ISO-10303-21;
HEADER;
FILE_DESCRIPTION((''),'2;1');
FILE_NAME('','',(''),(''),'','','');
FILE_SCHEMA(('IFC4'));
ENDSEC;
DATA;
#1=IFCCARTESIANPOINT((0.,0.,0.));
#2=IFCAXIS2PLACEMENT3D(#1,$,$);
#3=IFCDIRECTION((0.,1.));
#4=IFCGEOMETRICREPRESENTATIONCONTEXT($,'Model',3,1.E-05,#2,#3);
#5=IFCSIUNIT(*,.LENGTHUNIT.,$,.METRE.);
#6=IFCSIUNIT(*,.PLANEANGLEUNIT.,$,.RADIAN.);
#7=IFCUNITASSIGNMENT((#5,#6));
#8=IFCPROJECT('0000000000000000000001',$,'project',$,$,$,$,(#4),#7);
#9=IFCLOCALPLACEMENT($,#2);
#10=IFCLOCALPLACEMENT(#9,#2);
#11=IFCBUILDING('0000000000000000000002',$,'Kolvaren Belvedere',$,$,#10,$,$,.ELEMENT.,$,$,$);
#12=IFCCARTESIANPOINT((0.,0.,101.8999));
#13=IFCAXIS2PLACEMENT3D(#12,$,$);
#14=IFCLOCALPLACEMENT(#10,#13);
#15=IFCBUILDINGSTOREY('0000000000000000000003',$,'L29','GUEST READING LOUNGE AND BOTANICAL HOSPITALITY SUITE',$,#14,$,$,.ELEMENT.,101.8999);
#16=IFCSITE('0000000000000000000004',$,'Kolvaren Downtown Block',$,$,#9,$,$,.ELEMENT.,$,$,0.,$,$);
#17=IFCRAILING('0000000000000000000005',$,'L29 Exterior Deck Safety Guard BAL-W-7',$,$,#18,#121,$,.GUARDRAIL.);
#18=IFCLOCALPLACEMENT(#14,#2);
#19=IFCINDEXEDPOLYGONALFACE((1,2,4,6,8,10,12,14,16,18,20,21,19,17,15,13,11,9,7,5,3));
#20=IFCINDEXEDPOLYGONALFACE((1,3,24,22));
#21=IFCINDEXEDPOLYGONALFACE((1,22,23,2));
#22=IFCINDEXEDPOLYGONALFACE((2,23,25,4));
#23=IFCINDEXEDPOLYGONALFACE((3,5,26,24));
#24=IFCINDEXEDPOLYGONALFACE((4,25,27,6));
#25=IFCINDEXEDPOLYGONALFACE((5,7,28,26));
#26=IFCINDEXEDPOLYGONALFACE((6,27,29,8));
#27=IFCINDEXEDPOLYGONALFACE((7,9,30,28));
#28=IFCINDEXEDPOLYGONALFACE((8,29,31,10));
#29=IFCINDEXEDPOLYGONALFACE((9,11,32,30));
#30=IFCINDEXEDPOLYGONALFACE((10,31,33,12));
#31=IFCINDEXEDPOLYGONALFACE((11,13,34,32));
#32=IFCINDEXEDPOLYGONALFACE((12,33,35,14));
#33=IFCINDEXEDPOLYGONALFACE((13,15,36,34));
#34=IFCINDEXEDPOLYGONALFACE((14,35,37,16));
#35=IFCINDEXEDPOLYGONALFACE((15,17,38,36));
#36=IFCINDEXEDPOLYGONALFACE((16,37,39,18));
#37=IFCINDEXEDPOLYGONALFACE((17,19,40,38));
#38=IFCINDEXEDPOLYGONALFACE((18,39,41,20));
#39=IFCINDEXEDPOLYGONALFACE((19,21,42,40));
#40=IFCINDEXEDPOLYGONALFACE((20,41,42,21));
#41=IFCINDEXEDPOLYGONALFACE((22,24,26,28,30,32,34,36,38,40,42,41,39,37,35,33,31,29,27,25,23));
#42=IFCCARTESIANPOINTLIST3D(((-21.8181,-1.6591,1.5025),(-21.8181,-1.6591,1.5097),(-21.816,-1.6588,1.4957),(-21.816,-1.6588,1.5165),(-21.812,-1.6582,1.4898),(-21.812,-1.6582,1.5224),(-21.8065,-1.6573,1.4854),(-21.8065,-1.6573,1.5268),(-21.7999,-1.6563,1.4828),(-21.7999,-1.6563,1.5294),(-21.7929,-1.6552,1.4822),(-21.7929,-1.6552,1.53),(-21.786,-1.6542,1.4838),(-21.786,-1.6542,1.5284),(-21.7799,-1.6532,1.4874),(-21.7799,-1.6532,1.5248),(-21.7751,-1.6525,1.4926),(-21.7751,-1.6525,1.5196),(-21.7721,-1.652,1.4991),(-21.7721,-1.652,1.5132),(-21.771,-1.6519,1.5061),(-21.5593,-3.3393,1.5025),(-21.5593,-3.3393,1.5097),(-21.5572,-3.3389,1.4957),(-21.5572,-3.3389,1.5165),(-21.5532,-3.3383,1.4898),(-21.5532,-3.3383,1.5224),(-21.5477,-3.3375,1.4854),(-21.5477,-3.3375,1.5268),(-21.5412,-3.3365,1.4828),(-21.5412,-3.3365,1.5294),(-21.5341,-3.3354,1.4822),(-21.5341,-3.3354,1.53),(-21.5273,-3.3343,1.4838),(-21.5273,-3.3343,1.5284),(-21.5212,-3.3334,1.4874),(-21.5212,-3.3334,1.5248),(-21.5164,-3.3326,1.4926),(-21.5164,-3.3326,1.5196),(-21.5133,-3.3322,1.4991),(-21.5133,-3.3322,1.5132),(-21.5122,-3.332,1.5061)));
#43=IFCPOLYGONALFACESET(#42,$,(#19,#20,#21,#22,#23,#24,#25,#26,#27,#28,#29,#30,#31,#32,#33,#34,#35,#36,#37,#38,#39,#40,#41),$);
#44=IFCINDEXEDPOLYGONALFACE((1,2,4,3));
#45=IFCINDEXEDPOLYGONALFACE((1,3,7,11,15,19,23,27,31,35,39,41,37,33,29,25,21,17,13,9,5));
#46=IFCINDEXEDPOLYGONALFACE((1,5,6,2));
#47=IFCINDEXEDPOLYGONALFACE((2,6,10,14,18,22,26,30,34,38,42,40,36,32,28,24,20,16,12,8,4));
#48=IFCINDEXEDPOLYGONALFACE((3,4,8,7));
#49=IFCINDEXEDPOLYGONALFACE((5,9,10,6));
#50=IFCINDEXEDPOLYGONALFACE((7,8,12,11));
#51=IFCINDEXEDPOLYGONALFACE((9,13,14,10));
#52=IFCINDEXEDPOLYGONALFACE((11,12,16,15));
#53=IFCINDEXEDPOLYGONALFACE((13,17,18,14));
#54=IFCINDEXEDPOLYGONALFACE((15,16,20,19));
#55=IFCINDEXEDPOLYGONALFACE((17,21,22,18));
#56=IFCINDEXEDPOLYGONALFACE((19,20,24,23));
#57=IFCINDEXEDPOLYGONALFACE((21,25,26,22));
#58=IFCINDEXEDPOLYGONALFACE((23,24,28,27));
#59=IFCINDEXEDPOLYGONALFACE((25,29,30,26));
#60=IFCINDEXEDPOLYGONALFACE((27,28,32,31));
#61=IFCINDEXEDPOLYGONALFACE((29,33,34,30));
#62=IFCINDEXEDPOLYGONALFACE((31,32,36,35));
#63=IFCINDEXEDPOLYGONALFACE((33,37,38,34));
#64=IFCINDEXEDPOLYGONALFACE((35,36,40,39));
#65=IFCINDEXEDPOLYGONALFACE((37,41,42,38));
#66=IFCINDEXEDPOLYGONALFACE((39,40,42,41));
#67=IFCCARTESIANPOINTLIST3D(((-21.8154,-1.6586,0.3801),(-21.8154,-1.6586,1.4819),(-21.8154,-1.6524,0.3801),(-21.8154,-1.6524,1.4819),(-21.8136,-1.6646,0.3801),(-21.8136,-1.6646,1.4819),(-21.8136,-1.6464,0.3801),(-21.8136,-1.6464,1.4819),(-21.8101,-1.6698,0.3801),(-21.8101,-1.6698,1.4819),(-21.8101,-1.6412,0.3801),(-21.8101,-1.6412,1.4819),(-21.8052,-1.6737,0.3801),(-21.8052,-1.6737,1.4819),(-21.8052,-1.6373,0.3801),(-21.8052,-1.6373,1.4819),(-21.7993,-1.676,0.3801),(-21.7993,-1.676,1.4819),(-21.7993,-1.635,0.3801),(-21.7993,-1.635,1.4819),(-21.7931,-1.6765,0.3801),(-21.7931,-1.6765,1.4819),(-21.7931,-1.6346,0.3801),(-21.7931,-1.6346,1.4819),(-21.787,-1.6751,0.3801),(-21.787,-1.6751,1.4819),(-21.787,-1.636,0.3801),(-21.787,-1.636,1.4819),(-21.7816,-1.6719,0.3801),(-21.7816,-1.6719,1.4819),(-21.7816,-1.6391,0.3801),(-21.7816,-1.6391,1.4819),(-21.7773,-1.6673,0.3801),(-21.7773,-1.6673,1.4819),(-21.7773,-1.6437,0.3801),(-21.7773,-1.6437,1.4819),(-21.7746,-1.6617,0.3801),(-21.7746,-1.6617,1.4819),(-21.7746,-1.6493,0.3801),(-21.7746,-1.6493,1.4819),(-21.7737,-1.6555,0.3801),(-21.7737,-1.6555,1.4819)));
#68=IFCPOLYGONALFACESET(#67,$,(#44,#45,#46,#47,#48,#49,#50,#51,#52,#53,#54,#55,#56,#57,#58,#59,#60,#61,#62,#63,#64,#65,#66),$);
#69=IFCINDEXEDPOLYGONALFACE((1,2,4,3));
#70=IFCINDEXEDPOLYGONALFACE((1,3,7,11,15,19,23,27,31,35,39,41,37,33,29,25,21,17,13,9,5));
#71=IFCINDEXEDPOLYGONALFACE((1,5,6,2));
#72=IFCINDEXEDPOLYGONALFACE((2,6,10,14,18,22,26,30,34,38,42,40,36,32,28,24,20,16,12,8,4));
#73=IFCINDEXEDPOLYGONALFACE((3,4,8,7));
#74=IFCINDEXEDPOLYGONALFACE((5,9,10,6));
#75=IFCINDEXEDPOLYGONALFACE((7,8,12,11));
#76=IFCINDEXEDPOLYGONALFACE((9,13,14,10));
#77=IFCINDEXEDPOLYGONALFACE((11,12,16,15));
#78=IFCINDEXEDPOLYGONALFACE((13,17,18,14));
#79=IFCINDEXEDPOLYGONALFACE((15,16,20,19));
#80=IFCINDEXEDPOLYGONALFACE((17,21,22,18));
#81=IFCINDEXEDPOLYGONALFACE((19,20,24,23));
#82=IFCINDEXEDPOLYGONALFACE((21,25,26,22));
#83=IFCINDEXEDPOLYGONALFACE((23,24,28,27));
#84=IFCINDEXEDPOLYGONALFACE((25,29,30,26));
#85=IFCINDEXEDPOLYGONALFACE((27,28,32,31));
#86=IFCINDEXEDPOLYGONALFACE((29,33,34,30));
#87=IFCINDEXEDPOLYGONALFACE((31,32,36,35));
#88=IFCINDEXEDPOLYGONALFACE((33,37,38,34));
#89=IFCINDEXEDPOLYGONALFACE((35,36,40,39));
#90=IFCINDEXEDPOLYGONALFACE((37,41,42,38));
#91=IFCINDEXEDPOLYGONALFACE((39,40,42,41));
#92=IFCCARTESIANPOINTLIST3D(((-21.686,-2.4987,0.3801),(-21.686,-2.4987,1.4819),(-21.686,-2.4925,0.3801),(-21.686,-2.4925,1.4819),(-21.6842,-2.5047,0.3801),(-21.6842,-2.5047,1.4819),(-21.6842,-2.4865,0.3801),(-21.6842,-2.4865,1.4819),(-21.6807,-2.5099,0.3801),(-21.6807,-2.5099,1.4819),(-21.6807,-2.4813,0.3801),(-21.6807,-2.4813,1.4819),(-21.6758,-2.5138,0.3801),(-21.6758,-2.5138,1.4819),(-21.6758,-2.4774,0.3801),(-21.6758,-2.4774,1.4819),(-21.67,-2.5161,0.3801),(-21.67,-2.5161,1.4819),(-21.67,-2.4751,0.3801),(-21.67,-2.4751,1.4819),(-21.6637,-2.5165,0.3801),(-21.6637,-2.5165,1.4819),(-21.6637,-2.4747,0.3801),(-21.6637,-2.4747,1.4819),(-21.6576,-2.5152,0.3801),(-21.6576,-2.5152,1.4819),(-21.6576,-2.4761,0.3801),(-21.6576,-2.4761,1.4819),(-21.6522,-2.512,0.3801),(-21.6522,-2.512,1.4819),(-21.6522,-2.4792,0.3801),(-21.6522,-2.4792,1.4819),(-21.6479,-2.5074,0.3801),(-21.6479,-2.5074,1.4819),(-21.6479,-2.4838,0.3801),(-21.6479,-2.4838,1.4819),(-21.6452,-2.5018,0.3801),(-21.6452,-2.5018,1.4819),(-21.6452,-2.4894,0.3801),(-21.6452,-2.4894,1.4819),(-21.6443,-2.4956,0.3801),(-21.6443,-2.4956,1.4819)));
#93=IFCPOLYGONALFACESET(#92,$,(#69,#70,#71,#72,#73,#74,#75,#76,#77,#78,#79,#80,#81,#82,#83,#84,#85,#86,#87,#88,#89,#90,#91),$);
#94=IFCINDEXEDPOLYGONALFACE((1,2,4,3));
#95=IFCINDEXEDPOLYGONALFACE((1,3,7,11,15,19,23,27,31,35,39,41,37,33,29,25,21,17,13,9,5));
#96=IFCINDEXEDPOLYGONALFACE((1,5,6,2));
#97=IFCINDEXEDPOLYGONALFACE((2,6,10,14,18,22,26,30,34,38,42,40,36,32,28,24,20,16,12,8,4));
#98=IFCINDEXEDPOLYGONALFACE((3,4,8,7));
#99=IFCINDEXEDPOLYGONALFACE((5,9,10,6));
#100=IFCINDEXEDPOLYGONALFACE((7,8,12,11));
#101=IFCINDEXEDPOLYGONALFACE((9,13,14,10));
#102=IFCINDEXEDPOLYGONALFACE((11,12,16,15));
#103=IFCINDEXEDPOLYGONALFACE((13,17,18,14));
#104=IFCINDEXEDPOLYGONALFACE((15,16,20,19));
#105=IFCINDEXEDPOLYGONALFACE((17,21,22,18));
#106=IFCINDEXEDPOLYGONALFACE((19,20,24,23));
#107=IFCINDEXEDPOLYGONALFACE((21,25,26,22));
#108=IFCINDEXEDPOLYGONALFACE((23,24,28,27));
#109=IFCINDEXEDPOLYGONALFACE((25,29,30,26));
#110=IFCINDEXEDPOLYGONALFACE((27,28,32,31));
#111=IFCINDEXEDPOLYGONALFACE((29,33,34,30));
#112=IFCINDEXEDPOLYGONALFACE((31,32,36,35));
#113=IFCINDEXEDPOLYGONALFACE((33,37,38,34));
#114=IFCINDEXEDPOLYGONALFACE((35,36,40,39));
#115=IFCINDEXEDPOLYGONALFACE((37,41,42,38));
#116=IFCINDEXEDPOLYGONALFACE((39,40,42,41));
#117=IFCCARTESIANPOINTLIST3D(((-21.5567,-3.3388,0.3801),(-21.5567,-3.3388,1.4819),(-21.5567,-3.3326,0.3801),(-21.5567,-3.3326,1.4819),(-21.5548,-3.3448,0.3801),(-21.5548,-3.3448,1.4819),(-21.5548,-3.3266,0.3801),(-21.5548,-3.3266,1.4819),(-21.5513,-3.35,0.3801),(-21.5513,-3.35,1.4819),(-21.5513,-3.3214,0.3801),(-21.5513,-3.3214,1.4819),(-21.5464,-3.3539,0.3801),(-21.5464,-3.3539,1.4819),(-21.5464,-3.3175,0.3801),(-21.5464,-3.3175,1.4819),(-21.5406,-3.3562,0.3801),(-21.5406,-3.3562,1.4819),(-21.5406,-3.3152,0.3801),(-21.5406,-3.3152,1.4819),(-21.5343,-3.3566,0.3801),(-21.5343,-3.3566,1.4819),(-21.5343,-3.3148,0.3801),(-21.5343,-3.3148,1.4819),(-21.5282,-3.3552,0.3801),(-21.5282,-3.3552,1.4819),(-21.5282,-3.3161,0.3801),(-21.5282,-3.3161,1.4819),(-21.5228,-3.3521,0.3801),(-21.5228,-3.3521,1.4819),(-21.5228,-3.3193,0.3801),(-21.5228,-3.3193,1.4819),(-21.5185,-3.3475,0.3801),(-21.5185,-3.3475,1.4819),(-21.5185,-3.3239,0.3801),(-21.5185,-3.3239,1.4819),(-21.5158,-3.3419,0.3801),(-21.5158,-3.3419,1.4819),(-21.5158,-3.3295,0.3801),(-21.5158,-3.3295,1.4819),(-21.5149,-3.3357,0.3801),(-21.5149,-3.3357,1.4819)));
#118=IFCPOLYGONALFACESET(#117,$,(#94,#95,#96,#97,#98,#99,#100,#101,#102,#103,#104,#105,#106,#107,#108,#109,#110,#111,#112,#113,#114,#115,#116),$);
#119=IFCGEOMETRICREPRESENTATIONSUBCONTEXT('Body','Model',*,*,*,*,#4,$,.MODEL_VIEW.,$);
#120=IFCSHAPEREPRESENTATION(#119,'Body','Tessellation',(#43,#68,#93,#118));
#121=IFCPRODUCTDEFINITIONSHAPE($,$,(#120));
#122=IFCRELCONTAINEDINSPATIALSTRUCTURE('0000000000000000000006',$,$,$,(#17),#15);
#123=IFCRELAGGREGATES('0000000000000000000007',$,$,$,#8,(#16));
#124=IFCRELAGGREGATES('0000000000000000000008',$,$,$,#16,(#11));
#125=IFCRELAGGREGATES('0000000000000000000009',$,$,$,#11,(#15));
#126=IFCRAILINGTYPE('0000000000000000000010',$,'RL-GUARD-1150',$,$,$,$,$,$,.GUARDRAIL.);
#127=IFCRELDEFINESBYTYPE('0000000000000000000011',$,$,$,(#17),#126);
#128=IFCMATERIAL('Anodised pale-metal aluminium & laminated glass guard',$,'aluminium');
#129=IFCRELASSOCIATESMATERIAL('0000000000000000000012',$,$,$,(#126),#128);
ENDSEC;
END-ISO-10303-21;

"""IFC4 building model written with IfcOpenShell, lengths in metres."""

from ifc_helpers import new_model, si_unit, direction, frame, origin, origin_2d, place, context, subcontext, project, spatial, circle, extrude, material, type_object, element, save


model = new_model("IFC4")

# Units and contexts
model_context = context("Model", 3, precision=1e-05, world=origin(), true_north=direction((0.0, 1.0)))
body_context = subcontext(model_context, "Body", "Model", "MODEL_VIEW")
ifc_project = project(units=[si_unit("LENGTHUNIT", "METRE"), si_unit("PLANEANGLEUNIT", "RADIAN")], contexts=[model_context])

# Site, building, storey
site_placement = place(None, origin())
site = spatial("IfcSite", under=ifc_project, at=site_placement, Name="Kolvaren Downtown Block", CompositionType="ELEMENT", RefElevation=0.0)
building_placement = place(site_placement, origin())
building = spatial("IfcBuilding", under=site, at=building_placement, Name="Kolvaren Belvedere", CompositionType="ELEMENT")
storey_placement = place(building_placement, frame((0.0, 0.0, 101.8999)))
storey = spatial("IfcBuildingStorey", under=building, at=storey_placement, Name="L29", Description="GUEST READING LOUNGE AND BOTANICAL HOSPITALITY SUITE", CompositionType="ELEMENT", Elevation=101.8999)

# Railing
ifc_material_1 = material(Name="Anodised pale-metal aluminium & laminated glass guard", Category="aluminium")
railing_type = type_object("IfcRailingType", Name="RL-GUARD-1150", PredefinedType="GUARDRAIL", material=ifc_material_1)
railing_1_placement = place(storey_placement, frame((-21.7947, -1.6555, 0.3801)))
element("IfcRailing", 1, at=railing_1_placement, inside=storey, type_object=railing_type, Name="L29 Exterior Deck Safety Guard BAL-W-7", PredefinedType="GUARDRAIL", context=body_context, shape_type="SweptSolid", body=[
    extrude(circle(Radius=0.0239, at=origin_2d()), frame((0.0, 0.0, 1.126), z_axis=(0.15223, -0.988345, 0.0), x_axis=(0.988345, 0.15223, 0.0)), (0.0, 0.0, 1.0), 1.7),
    extrude(circle(Radius=0.021, at=origin_2d()), origin(), (0.0, 0.0, 1.0), 1.1018),
    extrude(circle(Radius=0.021, at=origin_2d()), frame((0.1294, -0.8401, 0.0)), (0.0, 0.0, 1.0), 1.1018),
    extrude(circle(Radius=0.021, at=origin_2d()), frame((0.2588, -1.6802, 0.0)), (0.0, 0.0, 1.0), 1.1018),
])

save(model, "model.ifc")
